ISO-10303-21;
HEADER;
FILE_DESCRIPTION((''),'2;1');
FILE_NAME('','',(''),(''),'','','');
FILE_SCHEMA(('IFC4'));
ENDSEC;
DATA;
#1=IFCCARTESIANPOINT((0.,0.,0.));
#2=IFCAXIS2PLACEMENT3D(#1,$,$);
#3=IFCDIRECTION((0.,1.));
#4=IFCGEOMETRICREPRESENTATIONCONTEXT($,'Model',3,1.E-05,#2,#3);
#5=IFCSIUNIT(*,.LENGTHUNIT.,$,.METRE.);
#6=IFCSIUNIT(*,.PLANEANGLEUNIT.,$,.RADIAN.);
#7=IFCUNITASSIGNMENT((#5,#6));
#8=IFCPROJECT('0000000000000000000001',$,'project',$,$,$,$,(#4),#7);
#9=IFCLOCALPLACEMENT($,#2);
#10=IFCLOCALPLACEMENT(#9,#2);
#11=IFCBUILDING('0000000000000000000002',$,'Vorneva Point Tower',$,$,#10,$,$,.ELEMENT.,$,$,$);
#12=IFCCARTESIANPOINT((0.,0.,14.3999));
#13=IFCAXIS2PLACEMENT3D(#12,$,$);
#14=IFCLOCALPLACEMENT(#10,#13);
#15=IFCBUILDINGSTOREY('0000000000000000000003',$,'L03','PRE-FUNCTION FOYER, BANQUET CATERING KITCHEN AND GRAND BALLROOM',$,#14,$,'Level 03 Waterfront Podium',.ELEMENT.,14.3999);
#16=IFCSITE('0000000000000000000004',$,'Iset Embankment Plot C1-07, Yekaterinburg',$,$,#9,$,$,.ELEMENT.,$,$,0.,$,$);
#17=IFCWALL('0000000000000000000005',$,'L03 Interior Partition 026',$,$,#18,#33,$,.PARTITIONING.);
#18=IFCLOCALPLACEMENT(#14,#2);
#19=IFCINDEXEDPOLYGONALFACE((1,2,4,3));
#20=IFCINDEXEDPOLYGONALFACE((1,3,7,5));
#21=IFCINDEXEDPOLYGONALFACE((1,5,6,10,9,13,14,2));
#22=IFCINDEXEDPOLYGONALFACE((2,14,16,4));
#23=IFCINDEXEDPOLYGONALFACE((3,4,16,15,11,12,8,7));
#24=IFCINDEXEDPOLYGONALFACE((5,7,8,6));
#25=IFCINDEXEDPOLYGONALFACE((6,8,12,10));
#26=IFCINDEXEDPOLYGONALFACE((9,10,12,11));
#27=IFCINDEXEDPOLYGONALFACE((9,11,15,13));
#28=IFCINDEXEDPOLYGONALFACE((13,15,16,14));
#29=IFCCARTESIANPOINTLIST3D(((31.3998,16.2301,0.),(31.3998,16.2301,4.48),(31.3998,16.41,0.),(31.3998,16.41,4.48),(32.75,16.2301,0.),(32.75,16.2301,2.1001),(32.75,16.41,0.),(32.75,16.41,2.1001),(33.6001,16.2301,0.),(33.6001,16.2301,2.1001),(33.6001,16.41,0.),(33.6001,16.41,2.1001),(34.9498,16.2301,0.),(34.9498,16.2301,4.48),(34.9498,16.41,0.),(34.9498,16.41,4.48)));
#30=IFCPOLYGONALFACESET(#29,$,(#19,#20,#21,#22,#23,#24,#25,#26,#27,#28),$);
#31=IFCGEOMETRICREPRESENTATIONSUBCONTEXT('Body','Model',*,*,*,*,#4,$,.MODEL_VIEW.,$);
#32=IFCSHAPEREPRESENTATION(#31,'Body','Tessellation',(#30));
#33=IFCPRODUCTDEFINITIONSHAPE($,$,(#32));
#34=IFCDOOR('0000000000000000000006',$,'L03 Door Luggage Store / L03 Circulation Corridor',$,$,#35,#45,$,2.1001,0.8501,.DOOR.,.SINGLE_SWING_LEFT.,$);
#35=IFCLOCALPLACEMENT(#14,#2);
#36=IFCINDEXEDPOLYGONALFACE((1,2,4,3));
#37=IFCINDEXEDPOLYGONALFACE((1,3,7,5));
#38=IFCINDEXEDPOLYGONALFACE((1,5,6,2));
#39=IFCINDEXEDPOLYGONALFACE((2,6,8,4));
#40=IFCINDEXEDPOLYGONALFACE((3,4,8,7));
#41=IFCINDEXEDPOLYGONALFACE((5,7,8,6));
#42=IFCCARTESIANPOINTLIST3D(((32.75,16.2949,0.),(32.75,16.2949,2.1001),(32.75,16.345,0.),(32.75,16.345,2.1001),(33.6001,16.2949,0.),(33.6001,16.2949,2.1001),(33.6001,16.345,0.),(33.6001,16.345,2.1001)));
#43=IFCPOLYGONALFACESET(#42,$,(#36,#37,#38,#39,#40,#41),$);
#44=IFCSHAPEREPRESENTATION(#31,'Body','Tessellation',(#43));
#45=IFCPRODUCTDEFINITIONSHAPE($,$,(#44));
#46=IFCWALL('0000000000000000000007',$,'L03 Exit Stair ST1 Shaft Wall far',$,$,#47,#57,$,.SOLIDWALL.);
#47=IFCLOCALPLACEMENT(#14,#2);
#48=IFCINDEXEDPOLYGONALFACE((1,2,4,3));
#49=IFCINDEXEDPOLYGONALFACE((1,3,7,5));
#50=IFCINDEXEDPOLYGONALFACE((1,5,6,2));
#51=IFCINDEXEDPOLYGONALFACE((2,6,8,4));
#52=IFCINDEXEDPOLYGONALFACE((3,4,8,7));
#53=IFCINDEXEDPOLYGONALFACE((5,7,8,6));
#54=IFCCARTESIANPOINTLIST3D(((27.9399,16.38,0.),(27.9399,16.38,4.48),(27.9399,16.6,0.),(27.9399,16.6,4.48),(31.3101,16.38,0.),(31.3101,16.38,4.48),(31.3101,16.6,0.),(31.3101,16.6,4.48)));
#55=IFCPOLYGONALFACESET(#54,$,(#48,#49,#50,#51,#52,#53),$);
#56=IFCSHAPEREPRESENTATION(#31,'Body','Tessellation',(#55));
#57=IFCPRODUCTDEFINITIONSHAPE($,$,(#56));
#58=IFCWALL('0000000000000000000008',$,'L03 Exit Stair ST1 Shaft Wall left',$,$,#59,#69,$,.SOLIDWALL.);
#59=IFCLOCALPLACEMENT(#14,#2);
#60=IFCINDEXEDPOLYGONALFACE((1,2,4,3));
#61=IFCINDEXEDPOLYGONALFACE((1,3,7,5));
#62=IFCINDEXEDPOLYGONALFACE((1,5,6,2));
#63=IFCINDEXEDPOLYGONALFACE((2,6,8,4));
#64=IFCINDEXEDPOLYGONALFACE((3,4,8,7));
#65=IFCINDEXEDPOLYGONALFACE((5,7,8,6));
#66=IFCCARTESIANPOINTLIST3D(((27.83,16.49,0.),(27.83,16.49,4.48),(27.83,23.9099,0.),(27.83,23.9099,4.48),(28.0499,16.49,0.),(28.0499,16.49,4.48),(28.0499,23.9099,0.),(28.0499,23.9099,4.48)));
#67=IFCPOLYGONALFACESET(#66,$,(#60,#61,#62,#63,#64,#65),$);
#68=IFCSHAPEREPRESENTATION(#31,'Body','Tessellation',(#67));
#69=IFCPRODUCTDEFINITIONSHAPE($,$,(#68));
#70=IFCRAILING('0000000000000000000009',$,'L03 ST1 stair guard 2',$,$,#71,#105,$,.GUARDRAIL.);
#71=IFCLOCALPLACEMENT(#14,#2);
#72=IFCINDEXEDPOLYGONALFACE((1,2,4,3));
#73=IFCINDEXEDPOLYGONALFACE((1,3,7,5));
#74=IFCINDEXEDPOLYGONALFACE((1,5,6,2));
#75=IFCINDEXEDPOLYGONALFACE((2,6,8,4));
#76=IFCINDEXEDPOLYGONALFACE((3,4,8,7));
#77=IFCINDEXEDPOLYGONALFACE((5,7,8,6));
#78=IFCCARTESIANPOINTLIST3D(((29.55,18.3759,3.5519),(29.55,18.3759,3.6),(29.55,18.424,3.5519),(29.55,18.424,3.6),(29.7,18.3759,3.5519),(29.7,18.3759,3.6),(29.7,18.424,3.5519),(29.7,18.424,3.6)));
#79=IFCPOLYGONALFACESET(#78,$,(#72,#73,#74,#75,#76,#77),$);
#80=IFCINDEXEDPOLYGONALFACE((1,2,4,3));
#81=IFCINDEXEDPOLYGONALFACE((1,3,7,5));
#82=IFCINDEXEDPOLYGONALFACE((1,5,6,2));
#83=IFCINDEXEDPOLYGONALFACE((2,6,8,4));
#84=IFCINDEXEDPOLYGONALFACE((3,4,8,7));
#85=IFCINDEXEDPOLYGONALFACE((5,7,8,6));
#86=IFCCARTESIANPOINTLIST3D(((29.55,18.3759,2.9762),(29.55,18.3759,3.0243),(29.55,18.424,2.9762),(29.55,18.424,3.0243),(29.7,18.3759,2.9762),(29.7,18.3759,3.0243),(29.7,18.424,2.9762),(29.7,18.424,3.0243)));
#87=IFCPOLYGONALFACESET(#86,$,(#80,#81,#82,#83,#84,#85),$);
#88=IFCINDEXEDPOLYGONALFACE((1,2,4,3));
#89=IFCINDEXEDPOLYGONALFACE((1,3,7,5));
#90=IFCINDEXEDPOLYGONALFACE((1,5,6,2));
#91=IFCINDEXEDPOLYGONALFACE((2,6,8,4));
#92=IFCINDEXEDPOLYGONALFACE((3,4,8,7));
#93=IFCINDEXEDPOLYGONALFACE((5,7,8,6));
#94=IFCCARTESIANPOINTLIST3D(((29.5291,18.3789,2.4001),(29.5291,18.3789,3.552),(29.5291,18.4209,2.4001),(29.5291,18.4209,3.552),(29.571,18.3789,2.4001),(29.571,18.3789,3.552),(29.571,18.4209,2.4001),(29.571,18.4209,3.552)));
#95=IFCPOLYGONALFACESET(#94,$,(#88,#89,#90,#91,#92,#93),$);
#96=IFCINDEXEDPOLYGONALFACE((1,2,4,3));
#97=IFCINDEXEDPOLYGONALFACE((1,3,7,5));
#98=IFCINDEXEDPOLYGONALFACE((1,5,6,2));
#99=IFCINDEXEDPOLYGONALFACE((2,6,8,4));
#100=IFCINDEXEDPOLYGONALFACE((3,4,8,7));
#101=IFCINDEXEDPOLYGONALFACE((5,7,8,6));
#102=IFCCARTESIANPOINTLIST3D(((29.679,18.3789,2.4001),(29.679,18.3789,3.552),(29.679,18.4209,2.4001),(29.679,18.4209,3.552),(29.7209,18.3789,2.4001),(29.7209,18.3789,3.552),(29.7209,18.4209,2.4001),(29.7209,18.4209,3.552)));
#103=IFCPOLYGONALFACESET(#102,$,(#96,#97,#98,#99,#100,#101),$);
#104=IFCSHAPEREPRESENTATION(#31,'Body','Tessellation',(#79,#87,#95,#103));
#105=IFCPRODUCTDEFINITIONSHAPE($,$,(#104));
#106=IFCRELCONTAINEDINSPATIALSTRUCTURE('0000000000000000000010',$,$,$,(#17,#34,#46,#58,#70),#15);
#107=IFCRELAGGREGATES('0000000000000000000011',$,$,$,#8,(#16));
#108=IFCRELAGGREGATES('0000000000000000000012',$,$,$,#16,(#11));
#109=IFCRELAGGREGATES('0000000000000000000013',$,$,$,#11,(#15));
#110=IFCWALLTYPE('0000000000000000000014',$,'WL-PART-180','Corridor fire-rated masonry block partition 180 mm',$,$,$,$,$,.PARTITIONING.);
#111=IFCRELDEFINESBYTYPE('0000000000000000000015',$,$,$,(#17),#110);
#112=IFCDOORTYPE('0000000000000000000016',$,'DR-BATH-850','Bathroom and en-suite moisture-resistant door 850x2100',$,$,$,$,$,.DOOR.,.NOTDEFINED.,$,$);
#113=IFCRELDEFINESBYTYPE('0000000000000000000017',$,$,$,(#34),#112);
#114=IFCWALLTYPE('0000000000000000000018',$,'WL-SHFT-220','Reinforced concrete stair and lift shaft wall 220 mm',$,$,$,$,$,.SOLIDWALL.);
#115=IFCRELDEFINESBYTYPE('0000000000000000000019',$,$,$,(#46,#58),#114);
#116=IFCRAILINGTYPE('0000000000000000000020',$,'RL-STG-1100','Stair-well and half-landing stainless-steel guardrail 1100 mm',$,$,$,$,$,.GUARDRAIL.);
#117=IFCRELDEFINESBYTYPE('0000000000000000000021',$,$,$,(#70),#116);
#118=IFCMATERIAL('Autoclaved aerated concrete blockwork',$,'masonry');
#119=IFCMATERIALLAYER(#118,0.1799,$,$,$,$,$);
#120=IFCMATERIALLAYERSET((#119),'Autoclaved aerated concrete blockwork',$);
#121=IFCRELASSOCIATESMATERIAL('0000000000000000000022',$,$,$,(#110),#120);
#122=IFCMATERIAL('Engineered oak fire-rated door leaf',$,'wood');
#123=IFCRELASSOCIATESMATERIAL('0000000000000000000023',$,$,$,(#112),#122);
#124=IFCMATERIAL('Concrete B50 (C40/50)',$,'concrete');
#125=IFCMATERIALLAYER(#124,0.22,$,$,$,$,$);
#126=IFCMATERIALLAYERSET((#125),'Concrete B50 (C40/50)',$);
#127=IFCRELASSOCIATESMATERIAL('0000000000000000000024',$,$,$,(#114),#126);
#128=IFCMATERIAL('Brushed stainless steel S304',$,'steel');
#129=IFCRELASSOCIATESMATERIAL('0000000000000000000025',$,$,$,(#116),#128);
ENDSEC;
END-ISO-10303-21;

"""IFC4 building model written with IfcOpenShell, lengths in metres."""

from ifc_helpers import new_model, si_unit, direction, frame, frame_2d, origin, origin_2d, place, context, subcontext, project, spatial, rectangle, extrude, material, layer, layer_set, type_object, element, fill, save


model = new_model("IFC4")

# Units and contexts
model_context = context("Model", 3, precision=1e-05, world=origin(), true_north=direction((0.0, 1.0)))
body_context = subcontext(model_context, "Body", "Model", "MODEL_VIEW")
ifc_project = project(units=[si_unit("LENGTHUNIT", "METRE"), si_unit("PLANEANGLEUNIT", "RADIAN")], contexts=[model_context])

# Site, building, storey
site_placement = place(None, origin())
site = spatial("IfcSite", under=ifc_project, at=site_placement, Name="Iset Embankment Plot C1-07, Yekaterinburg", CompositionType="ELEMENT", RefElevation=0.0)
building_placement = place(site_placement, origin())
building = spatial("IfcBuilding", under=site, at=building_placement, Name="Vorneva Point Tower", CompositionType="ELEMENT")
storey_placement = place(building_placement, frame((0.0, 0.0, 14.3999)))
storey = spatial("IfcBuildingStorey", under=building, at=storey_placement, Name="L03", Description="PRE-FUNCTION FOYER, BANQUET CATERING KITCHEN AND GRAND BALLROOM", LongName="Level 03 Waterfront Podium", CompositionType="ELEMENT", Elevation=14.3999)

# Wall, opening, door
ifc_material_1 = material(Name="Autoclaved aerated concrete blockwork", Category="masonry")
ifc_layer_1 = layer(ifc_material_1, 0.1799)
ifc_layer_set_1 = layer_set([ifc_layer_1], Name="Autoclaved aerated concrete blockwork")
wall_type_1 = type_object("IfcWallType", Name="WL-PART-180", Description="Corridor fire-rated masonry block partition 180 mm", PredefinedType="PARTITIONING", material=ifc_layer_set_1)
wall_1_placement = place(storey_placement, frame((31.3999, 16.3201, 0.0), z_axis=(0.0, 0.0, 1.0), x_axis=(1.0, 0.0, 0.0)))
wall_1 = element("IfcWall", 1, at=wall_1_placement, inside=storey, type_object=wall_type_1, Name="L03 Interior Partition 026", PredefinedType="PARTITIONING", context=body_context, shape_type="SweptSolid", body=[
    extrude(rectangle(XDim=3.55, YDim=0.1799, at=frame_2d((1.7749, 0.0))), origin(), (0.0, 0.0, 1.0), 4.48),
])
opening_1_placement = place(wall_1_placement, frame((1.3501, 0.0, 0.0)))
opening_1 = element("IfcOpeningElement", 2, at=opening_1_placement, cuts=wall_1, PredefinedType="OPENING", context=body_context, shape_type="SweptSolid", body=[
    extrude(rectangle(XDim=0.8501, YDim=2.1001, at=frame_2d((0.425, 1.05))), frame((0.0, 0.105, 0.0), z_axis=(0.0, -1.0, 0.0), x_axis=(1.0, 0.0, 0.0)), (0.0, 0.0, 1.0), 0.2097),
])
ifc_material_2 = material(Name="Engineered oak fire-rated door leaf", Category="wood")
door_type_1 = type_object("IfcDoorType", Name="DR-BATH-850", Description="Bathroom and en-suite moisture-resistant door 850x2100", OperationType="NOTDEFINED", PredefinedType="DOOR", material=ifc_material_2)
door_1_placement = place(opening_1_placement, origin())
door_1 = element("IfcDoor", 3, at=door_1_placement, inside=storey, type_object=door_type_1, Name="L03 Door Luggage Store / L03 Circulation Corridor", OperationType="SINGLE_SWING_LEFT", OverallHeight=2.1001, OverallWidth=0.8501, PredefinedType="DOOR", context=body_context, shape_type="SweptSolid", body=[
    extrude(rectangle(XDim=0.8501, YDim=2.1001, at=frame_2d((0.425, 1.05))), frame((0.0, 0.0249, 0.0), z_axis=(0.0, -1.0, 0.0), x_axis=(1.0, 0.0, 0.0)), (0.0, 0.0, 1.0), 0.05),
])
fill(opening_1, door_1)

# Walls
ifc_material_3 = material(Name="Concrete B50 (C40/50)", Category="concrete")
ifc_layer_2 = layer(ifc_material_3, 0.22)
ifc_layer_set_2 = layer_set([ifc_layer_2], Name="Concrete B50 (C40/50)")
wall_type_2 = type_object("IfcWallType", Name="WL-SHFT-220", Description="Reinforced concrete stair and lift shaft wall 220 mm", PredefinedType="SOLIDWALL", material=ifc_layer_set_2)
wall_2_placement = place(storey_placement, frame((31.3101, 16.49, 0.0), z_axis=(0.0, 0.0, 1.0), x_axis=(-1.0, 0.0, 0.0)))
element("IfcWall", 4, at=wall_2_placement, inside=storey, type_object=wall_type_2, Name="L03 Exit Stair ST1 Shaft Wall far", PredefinedType="SOLIDWALL", context=body_context, shape_type="SweptSolid", body=[
    extrude(rectangle(XDim=3.3701, YDim=0.22, at=frame_2d((1.6851, 0.0))), origin(), (0.0, 0.0, 1.0), 4.48),
])
wall_3_placement = place(storey_placement, frame((27.9399, 16.49, 0.0), z_axis=(0.0, 0.0, 1.0), x_axis=(0.0, 1.0, 0.0)))
element("IfcWall", 5, at=wall_3_placement, inside=storey, type_object=wall_type_2, Name="L03 Exit Stair ST1 Shaft Wall left", PredefinedType="SOLIDWALL", context=body_context, shape_type="SweptSolid", body=[
    extrude(rectangle(XDim=7.4199, YDim=0.22, at=frame_2d((3.71, 0.0))), origin(), (0.0, 0.0, 1.0), 4.48),
])

# Railing
ifc_material_4 = material(Name="Brushed stainless steel S304", Category="steel")
railing_type = type_object("IfcRailingType", Name="RL-STG-1100", Description="Stair-well and half-landing stainless-steel guardrail 1100 mm", PredefinedType="GUARDRAIL", material=ifc_material_4)
railing_placement = place(storey_placement, frame((29.55, 18.3999, 2.4001)))
element("IfcRailing", 6, at=railing_placement, inside=storey, type_object=railing_type, Name="L03 ST1 stair guard 2", PredefinedType="GUARDRAIL", context=body_context, shape_type="SweptSolid", body=[
    extrude(rectangle(XDim=0.0481, YDim=0.0481, at=origin_2d()), frame((0.0, 0.0, 1.1758), z_axis=(1.0, 0.0, 0.0), x_axis=(0.0, 1.0, 0.0)), (0.0, 0.0, 1.0), 0.1499),
    extrude(rectangle(XDim=0.0481, YDim=0.0481, at=origin_2d()), frame((0.0, 0.0, 0.6001), z_axis=(1.0, 0.0, 0.0), x_axis=(0.0, 1.0, 0.0)), (0.0, 0.0, 1.0), 0.1499),
    extrude(rectangle(XDim=0.042, YDim=0.042, at=origin_2d()), origin(), (0.0, 0.0, 1.0), 1.1519),
    extrude(rectangle(XDim=0.042, YDim=0.042, at=origin_2d()), frame((0.1499, 0.0, 0.0)), (0.0, 0.0, 1.0), 1.1519),
])

save(model, "model.ifc")
